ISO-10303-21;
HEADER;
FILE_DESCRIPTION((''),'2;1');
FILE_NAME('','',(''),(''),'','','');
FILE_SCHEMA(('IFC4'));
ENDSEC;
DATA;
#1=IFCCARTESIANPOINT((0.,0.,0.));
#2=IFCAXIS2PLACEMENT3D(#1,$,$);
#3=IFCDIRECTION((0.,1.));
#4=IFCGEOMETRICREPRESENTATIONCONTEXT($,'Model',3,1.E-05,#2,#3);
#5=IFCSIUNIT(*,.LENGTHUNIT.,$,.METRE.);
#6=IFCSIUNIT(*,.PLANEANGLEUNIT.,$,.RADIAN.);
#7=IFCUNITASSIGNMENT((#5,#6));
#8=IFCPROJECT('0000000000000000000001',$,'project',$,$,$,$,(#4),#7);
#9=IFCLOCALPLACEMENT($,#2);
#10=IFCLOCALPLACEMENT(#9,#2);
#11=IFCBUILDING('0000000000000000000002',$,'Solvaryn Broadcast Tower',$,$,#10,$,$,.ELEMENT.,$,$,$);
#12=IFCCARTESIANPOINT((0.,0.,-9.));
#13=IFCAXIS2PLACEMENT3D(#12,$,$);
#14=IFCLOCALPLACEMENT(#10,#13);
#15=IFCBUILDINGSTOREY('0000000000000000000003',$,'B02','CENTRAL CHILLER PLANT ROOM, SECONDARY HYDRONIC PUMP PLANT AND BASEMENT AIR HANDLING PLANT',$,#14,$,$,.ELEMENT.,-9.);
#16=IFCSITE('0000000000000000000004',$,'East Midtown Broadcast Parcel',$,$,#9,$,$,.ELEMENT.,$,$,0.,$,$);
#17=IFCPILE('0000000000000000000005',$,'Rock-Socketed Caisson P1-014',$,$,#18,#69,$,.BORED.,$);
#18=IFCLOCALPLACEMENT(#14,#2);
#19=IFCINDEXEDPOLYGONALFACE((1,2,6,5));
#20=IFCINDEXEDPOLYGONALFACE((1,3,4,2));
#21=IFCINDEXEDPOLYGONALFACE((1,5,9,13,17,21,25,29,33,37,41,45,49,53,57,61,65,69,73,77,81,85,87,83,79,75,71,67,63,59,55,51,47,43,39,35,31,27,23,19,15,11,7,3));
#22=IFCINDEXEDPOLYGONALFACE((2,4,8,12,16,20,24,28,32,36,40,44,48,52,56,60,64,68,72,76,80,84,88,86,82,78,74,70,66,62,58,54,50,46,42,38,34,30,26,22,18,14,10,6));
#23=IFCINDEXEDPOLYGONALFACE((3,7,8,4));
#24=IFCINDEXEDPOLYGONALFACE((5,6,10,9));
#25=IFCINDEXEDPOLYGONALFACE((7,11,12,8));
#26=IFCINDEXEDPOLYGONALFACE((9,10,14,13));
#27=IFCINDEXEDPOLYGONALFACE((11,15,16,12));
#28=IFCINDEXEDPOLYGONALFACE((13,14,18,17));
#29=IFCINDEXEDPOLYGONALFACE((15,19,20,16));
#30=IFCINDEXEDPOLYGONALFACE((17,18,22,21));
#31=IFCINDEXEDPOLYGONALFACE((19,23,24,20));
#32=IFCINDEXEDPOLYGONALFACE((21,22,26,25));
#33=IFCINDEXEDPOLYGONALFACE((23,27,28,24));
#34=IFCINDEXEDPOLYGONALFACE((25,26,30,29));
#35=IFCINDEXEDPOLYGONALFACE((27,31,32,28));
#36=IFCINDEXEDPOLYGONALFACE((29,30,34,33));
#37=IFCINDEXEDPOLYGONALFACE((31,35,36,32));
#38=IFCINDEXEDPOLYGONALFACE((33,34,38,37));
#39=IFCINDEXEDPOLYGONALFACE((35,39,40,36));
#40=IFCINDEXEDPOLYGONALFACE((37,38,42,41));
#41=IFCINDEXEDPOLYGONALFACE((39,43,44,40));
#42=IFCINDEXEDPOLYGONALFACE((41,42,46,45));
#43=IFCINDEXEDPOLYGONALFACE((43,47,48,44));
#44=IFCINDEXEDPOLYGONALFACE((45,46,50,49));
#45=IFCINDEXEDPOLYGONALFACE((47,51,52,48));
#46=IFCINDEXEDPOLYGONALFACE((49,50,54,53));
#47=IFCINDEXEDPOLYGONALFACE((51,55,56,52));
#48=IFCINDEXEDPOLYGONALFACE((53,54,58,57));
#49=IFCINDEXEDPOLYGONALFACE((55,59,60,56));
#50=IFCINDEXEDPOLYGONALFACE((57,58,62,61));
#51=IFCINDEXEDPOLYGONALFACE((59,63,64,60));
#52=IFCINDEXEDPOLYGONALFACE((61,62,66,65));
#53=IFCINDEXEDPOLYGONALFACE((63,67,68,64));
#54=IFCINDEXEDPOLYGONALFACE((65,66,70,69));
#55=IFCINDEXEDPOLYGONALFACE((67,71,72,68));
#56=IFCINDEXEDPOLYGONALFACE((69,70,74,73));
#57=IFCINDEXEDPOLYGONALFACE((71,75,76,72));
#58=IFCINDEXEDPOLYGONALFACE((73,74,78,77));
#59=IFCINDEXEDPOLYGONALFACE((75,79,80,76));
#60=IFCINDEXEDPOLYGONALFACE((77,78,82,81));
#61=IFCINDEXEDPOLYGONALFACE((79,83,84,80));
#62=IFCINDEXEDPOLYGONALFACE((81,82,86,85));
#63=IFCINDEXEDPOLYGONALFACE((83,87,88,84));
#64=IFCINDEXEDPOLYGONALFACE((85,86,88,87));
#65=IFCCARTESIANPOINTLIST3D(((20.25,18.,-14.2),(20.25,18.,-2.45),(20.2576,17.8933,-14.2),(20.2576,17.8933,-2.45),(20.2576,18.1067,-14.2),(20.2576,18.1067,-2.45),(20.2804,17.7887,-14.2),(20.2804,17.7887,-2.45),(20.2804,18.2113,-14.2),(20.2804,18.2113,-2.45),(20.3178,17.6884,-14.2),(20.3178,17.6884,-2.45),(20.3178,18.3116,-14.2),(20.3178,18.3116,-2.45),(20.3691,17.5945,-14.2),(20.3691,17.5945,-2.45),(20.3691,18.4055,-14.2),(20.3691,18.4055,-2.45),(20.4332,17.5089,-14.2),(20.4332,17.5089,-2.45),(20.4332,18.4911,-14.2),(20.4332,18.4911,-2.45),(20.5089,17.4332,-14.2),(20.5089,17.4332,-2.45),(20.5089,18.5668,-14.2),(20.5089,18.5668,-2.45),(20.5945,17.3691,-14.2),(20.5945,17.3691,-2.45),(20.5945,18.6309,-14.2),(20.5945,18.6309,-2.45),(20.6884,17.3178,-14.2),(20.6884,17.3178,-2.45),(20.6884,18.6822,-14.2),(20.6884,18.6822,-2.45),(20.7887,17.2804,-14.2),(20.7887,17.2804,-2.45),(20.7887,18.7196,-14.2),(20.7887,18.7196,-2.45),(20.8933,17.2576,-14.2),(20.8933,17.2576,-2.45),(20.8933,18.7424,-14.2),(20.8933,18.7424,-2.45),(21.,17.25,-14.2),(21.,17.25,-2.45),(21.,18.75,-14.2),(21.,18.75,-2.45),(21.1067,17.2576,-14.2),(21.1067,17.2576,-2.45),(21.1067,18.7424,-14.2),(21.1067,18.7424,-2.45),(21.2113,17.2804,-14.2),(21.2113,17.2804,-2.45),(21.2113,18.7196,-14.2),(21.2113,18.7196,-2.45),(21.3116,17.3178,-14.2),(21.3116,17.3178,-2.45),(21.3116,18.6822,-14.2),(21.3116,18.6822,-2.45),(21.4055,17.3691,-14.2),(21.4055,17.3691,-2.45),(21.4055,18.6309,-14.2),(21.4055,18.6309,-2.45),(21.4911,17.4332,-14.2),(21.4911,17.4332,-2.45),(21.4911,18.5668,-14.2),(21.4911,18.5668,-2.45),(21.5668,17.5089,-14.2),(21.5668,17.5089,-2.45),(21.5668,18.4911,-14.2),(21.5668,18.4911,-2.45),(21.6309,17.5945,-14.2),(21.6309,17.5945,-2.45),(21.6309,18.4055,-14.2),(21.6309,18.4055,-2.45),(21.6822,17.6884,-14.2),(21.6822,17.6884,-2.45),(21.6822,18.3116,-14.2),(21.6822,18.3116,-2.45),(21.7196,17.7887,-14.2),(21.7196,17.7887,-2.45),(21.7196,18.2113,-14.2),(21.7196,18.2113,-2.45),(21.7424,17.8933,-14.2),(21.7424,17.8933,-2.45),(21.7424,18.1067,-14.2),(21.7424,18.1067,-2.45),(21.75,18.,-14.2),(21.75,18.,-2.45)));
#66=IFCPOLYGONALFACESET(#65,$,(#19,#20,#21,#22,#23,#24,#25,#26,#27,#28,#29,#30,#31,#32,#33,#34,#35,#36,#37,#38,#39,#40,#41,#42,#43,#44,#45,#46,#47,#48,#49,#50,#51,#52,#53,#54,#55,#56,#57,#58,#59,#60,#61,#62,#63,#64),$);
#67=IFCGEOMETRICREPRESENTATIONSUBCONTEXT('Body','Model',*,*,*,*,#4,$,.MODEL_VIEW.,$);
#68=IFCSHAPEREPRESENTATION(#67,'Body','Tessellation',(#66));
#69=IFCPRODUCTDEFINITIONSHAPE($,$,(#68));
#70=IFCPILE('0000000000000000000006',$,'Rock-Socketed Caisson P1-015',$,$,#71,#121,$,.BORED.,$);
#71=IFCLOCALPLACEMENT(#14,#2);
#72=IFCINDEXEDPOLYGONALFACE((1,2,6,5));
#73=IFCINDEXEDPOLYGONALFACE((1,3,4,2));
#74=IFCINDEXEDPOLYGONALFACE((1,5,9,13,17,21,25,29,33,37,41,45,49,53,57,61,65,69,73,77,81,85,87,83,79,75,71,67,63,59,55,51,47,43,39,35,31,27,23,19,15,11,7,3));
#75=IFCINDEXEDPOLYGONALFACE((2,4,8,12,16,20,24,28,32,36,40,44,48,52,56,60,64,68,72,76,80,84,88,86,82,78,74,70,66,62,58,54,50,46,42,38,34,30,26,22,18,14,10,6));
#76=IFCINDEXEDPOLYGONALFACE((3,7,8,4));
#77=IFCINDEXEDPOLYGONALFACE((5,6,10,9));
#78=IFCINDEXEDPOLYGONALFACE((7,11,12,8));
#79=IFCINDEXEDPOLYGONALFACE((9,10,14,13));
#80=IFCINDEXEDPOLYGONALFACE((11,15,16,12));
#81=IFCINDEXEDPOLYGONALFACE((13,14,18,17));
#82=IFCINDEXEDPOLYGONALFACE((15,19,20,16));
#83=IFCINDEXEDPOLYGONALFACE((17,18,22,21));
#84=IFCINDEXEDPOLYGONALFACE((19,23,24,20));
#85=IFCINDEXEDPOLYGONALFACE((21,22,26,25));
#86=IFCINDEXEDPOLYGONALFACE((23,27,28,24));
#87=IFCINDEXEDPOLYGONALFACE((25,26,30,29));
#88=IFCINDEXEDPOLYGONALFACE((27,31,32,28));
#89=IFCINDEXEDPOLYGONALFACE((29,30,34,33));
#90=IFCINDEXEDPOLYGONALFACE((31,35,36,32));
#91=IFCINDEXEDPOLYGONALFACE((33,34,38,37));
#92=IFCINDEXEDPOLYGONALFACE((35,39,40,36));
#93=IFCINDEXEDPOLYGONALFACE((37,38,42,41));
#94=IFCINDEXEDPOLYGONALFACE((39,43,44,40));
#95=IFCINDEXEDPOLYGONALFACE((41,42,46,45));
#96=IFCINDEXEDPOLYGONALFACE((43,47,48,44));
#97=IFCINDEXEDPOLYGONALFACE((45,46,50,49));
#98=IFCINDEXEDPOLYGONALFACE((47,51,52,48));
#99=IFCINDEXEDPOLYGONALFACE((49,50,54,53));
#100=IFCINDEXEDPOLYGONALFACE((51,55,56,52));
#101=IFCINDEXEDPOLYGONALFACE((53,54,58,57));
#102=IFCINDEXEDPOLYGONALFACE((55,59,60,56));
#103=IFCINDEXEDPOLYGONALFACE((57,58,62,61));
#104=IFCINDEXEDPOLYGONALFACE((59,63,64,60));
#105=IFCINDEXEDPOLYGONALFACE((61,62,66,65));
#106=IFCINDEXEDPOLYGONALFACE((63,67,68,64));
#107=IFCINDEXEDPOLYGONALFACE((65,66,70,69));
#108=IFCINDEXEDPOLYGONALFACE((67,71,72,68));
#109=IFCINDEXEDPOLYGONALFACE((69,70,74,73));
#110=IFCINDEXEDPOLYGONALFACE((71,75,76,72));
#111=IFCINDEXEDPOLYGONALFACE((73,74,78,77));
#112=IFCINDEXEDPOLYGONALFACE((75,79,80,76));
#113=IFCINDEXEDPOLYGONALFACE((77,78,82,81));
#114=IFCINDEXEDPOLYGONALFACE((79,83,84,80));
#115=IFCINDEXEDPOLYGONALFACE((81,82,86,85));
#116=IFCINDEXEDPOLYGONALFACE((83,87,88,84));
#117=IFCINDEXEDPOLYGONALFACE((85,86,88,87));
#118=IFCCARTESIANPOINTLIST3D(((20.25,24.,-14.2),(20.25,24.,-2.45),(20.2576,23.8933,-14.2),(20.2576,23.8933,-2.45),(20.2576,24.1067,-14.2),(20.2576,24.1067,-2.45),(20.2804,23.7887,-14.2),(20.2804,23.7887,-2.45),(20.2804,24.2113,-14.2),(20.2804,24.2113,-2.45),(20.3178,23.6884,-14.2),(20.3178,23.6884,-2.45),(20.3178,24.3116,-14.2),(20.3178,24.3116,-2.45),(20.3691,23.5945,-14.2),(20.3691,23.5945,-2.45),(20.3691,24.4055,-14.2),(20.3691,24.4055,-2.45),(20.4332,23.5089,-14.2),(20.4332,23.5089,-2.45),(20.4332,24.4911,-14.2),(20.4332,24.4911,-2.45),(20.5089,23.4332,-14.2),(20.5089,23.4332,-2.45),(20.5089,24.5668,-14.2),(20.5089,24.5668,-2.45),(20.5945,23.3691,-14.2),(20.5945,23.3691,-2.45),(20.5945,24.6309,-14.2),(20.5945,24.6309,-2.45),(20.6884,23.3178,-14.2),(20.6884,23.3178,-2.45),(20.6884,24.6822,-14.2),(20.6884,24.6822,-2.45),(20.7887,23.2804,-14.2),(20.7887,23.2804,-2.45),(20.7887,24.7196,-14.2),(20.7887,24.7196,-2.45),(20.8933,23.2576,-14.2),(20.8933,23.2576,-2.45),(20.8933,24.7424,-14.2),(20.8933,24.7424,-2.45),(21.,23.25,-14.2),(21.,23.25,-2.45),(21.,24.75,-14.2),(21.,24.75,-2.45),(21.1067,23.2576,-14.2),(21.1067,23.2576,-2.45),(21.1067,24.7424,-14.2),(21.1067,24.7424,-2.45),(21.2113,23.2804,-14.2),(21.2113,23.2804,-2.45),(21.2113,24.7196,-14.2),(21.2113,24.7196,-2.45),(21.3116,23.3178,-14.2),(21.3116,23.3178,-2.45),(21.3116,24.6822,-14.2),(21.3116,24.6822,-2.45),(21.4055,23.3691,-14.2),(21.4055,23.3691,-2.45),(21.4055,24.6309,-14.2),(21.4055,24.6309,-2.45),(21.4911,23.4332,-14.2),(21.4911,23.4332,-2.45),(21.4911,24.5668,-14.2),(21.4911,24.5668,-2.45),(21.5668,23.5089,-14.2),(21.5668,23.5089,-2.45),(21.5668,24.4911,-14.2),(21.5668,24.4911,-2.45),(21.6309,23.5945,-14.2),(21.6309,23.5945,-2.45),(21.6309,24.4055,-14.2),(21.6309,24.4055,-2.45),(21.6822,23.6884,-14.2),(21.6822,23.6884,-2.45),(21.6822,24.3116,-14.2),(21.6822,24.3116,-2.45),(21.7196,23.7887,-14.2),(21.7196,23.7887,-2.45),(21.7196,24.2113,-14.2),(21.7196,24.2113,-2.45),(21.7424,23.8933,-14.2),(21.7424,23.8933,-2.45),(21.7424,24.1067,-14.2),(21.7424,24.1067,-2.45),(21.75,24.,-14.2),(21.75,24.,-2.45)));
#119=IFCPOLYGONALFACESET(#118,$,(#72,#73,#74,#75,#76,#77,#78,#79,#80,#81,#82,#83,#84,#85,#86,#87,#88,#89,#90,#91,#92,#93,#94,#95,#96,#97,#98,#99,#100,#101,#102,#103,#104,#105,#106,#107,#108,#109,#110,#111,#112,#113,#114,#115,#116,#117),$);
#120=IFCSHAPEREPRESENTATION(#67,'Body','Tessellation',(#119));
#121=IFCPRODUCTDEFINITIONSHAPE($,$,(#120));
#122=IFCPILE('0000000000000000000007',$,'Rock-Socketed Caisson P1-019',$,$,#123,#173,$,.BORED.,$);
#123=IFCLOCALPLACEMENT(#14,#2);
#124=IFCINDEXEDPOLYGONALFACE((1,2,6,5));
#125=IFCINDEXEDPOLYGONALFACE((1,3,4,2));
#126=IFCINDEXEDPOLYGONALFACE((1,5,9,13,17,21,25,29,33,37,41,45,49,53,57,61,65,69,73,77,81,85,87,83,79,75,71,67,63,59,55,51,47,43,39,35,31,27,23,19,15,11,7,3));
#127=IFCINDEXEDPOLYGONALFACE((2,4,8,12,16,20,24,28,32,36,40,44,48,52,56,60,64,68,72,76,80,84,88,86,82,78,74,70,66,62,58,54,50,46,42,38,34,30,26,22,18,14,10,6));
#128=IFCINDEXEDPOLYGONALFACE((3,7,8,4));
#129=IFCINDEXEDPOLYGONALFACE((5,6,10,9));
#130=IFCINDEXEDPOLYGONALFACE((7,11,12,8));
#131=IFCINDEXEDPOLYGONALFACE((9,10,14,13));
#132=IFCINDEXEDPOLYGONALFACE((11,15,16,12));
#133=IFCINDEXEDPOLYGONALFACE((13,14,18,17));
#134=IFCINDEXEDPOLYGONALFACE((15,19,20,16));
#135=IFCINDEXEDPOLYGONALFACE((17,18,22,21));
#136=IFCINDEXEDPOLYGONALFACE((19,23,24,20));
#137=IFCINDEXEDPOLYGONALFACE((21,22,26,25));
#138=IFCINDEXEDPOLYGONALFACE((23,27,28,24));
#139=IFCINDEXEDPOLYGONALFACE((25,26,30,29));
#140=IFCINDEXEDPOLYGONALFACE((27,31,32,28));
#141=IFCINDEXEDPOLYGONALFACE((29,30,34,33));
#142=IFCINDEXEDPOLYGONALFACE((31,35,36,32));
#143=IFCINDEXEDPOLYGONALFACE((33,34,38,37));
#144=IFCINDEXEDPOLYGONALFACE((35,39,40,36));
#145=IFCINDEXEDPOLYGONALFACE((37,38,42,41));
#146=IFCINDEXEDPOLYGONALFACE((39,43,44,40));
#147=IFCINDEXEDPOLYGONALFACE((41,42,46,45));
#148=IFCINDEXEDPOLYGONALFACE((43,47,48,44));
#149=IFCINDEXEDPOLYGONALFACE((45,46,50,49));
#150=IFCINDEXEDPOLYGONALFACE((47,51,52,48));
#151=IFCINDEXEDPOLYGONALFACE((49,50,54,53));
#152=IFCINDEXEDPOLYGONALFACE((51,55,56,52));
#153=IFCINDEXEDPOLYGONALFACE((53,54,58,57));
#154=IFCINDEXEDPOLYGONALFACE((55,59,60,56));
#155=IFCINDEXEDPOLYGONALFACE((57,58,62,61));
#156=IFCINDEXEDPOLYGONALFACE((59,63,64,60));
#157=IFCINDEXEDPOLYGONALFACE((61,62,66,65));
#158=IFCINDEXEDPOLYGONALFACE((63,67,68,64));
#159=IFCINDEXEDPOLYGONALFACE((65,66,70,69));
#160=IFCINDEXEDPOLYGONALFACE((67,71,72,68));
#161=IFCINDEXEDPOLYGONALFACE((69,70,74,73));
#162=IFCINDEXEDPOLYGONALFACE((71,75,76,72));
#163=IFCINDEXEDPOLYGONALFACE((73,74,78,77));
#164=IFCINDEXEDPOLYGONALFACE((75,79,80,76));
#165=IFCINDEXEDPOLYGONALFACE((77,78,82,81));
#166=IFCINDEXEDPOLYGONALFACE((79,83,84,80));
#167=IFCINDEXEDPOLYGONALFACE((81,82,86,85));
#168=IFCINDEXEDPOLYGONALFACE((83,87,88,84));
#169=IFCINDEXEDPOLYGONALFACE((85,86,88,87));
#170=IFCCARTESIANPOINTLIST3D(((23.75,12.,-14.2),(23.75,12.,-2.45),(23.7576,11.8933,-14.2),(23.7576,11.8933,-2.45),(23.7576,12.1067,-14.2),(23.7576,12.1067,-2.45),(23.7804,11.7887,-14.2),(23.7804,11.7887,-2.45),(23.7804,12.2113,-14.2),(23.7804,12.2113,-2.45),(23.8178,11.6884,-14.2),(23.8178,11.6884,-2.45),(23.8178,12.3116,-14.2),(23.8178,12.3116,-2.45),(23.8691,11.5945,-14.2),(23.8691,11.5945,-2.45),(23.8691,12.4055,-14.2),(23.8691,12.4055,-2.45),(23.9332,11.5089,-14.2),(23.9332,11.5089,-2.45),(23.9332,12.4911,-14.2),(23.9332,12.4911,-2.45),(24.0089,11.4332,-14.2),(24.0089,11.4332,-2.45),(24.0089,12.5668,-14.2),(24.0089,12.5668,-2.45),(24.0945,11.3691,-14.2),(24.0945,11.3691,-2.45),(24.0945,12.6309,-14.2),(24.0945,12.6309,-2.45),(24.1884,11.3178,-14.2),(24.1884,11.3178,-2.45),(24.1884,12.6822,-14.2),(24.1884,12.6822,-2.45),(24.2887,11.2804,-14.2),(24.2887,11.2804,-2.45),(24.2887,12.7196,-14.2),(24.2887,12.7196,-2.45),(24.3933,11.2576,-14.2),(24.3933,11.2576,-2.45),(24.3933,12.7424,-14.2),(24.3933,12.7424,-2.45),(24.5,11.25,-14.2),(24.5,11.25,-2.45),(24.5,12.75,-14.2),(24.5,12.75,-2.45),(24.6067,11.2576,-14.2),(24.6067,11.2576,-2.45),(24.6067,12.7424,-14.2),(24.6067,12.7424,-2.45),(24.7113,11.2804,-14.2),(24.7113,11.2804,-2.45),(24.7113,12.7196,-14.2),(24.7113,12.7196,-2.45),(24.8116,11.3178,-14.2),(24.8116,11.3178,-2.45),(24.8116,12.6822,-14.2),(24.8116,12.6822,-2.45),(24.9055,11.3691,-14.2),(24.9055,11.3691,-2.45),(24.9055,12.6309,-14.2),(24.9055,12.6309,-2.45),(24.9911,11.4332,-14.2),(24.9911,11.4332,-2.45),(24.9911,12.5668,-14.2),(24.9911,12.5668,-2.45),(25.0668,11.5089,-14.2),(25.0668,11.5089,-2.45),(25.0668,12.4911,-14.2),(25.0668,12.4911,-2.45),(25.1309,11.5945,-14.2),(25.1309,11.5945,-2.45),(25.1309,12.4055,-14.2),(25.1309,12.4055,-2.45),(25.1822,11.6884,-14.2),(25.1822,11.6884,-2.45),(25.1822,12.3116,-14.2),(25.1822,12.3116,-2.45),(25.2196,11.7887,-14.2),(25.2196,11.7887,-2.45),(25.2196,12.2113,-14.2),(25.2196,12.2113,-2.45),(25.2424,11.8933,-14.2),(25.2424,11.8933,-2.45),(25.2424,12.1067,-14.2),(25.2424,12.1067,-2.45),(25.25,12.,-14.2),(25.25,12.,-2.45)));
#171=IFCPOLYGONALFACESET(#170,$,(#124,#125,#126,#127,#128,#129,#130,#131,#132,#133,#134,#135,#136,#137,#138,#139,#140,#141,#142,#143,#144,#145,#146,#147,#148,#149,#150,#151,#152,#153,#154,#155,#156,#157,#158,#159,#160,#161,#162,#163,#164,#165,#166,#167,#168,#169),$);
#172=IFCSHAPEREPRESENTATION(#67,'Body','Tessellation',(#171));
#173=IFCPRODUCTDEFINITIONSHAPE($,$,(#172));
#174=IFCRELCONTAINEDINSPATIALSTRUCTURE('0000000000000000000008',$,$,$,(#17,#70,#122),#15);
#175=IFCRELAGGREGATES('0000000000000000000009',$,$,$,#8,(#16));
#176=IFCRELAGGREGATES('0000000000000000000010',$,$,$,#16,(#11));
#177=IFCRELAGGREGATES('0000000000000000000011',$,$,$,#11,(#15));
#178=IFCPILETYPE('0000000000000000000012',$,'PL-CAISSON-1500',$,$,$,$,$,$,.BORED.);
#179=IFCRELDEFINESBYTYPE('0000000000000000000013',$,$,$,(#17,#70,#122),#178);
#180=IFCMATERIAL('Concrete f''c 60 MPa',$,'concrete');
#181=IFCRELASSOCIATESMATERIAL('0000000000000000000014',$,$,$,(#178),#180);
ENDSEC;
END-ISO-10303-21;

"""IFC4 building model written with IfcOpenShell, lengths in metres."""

from ifc_helpers import new_model, si_unit, direction, frame, origin, origin_2d, place, context, subcontext, project, spatial, circle, extrude, material, material_profile, profile_set, type_object, element, save


model = new_model("IFC4")

# Units and contexts
model_context = context("Model", 3, precision=1e-05, world=origin(), true_north=direction((0.0, 1.0)))
body_context = subcontext(model_context, "Body", "Model", "MODEL_VIEW")
ifc_project = project(units=[si_unit("LENGTHUNIT", "METRE"), si_unit("PLANEANGLEUNIT", "RADIAN")], contexts=[model_context])

# Site, building, storey
site_placement = place(None, origin())
site = spatial("IfcSite", under=ifc_project, at=site_placement, Name="East Midtown Broadcast Parcel", CompositionType="ELEMENT", RefElevation=0.0)
building_placement = place(site_placement, origin())
building = spatial("IfcBuilding", under=site, at=building_placement, Name="Solvaryn Broadcast Tower", CompositionType="ELEMENT")
storey_placement = place(building_placement, frame((0.0, 0.0, -9.0)))
storey = spatial("IfcBuildingStorey", under=building, at=storey_placement, Name="B02", Description="CENTRAL CHILLER PLANT ROOM, SECONDARY HYDRONIC PUMP PLANT AND BASEMENT AIR HANDLING PLANT", CompositionType="ELEMENT", Elevation=-9.0)

# Piles
ifc_material_1 = material(Name="Concrete f'c 60 MPa", Category="concrete")
ifc_material_profile_1 = material_profile(ifc_material_1, circle(Radius=0.75, at=origin_2d()))
ifc_profile_set_1 = profile_set([ifc_material_profile_1], Name="Concrete f'c 60 MPa")
pile_type_1 = type_object("IfcPileType", Name="PL-CAISSON-1500", PredefinedType="BORED", material=ifc_profile_set_1)
for number, where, z_axis, x_axis, name in (
    (1, (21.0, 18.0, -2.45), (0.0, 0.0, -1.0), (1.0, 0.0, 0.0), "Rock-Socketed Caisson P1-014"),
    (2, (21.0, 24.0, -2.45), (0.0, 0.0, -1.0), (1.0, 0.0, 0.0), "Rock-Socketed Caisson P1-015"),
    (3, (24.5, 12.0, -2.45), (0.0, 0.0, -1.0), (1.0, 0.0, 0.0), "Rock-Socketed Caisson P1-019"),
):
    element("IfcPile", number, at=place(storey_placement, frame(where, z_axis=z_axis, x_axis=x_axis)), inside=storey, type_object=pile_type_1, Name=name, PredefinedType="BORED", context=body_context, shape_type="SweptSolid", body=[
        extrude(circle(Radius=0.75, at=origin_2d()), origin(), (0.0, 0.0, 1.0), 11.75),
    ])

save(model, "model.ifc")
